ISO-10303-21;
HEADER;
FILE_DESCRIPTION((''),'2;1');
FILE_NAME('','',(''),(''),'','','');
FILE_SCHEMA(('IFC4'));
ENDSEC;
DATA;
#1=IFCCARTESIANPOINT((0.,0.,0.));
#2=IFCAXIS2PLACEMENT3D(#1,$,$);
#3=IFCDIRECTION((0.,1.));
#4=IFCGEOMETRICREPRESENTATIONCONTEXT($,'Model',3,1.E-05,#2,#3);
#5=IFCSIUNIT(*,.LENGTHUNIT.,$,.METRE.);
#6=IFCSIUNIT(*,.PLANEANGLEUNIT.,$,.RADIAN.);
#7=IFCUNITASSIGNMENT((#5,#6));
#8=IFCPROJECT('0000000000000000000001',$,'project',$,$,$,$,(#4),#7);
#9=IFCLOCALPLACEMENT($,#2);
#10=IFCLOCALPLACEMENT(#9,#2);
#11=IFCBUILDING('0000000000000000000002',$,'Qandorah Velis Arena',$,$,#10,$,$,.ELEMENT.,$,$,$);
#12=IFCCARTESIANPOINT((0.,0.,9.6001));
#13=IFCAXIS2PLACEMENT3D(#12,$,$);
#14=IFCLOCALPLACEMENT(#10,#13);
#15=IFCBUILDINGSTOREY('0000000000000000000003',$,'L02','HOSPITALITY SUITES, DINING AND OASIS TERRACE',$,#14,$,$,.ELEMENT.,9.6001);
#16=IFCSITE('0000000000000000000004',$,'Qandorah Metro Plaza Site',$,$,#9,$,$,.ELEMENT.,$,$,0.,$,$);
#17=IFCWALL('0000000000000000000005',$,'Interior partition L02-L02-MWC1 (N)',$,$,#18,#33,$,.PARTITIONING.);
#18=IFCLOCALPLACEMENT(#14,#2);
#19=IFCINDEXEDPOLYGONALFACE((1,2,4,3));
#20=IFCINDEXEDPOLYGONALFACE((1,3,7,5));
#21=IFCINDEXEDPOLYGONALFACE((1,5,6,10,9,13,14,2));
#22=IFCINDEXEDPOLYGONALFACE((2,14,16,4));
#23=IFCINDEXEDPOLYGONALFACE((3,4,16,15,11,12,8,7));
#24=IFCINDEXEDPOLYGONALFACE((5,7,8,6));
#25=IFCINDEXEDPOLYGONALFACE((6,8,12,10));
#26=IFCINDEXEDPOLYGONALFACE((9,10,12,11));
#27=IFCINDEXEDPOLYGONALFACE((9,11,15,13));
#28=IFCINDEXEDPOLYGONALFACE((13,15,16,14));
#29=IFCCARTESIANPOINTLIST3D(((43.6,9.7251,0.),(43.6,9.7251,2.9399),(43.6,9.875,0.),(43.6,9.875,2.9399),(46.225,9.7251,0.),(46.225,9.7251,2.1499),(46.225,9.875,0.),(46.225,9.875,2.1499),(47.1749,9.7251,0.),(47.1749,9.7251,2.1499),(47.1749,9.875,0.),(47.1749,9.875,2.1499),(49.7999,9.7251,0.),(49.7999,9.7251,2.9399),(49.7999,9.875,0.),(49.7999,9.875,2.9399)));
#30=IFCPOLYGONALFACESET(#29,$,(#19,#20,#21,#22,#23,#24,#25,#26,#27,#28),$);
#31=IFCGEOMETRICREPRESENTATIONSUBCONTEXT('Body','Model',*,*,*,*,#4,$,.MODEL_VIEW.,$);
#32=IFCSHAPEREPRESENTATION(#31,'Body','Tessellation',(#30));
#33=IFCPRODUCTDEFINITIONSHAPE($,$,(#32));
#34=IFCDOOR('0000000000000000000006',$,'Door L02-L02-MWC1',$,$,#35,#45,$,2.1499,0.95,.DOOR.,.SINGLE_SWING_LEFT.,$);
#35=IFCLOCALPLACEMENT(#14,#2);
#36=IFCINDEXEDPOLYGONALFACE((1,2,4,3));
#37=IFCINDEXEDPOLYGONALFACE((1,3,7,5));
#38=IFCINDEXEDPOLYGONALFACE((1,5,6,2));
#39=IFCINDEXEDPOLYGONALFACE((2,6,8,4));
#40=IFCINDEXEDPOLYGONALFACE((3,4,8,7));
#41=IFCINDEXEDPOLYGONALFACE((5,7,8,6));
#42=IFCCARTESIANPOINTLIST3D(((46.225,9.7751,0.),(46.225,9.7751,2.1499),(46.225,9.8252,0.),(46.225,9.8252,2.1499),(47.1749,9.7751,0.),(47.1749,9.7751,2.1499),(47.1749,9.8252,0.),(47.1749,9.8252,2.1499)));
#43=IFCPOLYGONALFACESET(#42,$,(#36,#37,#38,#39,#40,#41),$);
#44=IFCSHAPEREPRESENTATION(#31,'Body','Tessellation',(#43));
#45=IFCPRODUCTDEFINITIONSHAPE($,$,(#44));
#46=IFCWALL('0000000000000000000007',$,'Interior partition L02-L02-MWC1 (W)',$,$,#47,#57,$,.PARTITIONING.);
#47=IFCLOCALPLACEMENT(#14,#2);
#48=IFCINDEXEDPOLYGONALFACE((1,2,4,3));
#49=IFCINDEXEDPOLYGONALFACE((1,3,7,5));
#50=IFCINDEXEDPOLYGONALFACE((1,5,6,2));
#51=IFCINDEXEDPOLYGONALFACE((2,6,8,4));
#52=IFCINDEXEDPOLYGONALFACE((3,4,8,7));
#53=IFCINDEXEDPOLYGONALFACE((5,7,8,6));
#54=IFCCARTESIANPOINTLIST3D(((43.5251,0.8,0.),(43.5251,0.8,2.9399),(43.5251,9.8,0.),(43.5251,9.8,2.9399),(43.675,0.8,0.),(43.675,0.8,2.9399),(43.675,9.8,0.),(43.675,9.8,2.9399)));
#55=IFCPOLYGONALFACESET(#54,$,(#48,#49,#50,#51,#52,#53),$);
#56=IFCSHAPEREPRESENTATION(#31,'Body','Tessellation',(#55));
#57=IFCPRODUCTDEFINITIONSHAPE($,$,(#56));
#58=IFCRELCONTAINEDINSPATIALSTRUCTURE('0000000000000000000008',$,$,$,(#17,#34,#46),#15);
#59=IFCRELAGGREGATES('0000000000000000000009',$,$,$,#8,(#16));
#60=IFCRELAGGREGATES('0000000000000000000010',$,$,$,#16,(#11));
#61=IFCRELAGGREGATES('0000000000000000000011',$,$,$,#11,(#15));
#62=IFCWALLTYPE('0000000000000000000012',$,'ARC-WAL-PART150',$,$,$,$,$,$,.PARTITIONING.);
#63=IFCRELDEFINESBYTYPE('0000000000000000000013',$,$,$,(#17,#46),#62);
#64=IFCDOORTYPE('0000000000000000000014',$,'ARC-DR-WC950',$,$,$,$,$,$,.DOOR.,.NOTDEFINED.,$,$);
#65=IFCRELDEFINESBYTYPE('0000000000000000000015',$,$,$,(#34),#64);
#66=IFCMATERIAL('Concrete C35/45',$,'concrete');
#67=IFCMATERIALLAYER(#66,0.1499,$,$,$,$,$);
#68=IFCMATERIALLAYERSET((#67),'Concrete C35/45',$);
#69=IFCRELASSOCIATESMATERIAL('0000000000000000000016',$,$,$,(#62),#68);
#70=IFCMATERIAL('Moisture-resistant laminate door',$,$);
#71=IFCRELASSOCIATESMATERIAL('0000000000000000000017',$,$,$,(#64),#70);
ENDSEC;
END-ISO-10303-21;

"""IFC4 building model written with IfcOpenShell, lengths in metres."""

from ifc_helpers import new_model, si_unit, direction, frame, frame_2d, origin, place, context, subcontext, project, spatial, rectangle, extrude, material, layer, layer_set, type_object, element, fill, save


model = new_model("IFC4")

# Units and contexts
model_context = context("Model", 3, precision=1e-05, world=origin(), true_north=direction((0.0, 1.0)))
body_context = subcontext(model_context, "Body", "Model", "MODEL_VIEW")
ifc_project = project(units=[si_unit("LENGTHUNIT", "METRE"), si_unit("PLANEANGLEUNIT", "RADIAN")], contexts=[model_context])

# Site, building, storey
site_placement = place(None, origin())
site = spatial("IfcSite", under=ifc_project, at=site_placement, Name="Qandorah Metro Plaza Site", CompositionType="ELEMENT", RefElevation=0.0)
building_placement = place(site_placement, origin())
building = spatial("IfcBuilding", under=site, at=building_placement, Name="Qandorah Velis Arena", CompositionType="ELEMENT")
storey_placement = place(building_placement, frame((0.0, 0.0, 9.6001)))
storey = spatial("IfcBuildingStorey", under=building, at=storey_placement, Name="L02", Description="HOSPITALITY SUITES, DINING AND OASIS TERRACE", CompositionType="ELEMENT", Elevation=9.6001)

# Shared definitions
ifc_material_1 = material(Name="Concrete C35/45", Category="concrete")
ifc_layer_1 = layer(ifc_material_1, 0.1499)
ifc_layer_set_1 = layer_set([ifc_layer_1], Name="Concrete C35/45")
wall_type = type_object("IfcWallType", Name="ARC-WAL-PART150", PredefinedType="PARTITIONING", material=ifc_layer_set_1)

# Wall, opening, door
wall_1_placement = place(storey_placement, frame((49.8, 9.8, 0.0), z_axis=(0.0, 0.0, 1.0), x_axis=(-1.0, 0.0, 0.0)))
wall_1 = element("IfcWall", 1, at=wall_1_placement, inside=storey, type_object=wall_type, Name="Interior partition L02-L02-MWC1 (N)", PredefinedType="PARTITIONING", context=body_context, shape_type="SweptSolid", body=[
    extrude(rectangle(XDim=6.2, YDim=0.1499, at=frame_2d((3.1001, 0.0))), origin(), (0.0, 0.0, 1.0), 2.9399),
])
opening_placement = place(wall_1_placement, frame((2.625, 0.0, 0.0)))
opening = element("IfcOpeningElement", 2, at=opening_placement, cuts=wall_1, PredefinedType="OPENING", context=body_context, shape_type="SweptSolid", body=[
    extrude(rectangle(XDim=0.95, YDim=2.1499, at=frame_2d((0.4751, 1.075))), frame((0.0, 0.085, 0.0), z_axis=(0.0, -1.0, 0.0), x_axis=(1.0, 0.0, 0.0)), (0.0, 0.0, 1.0), 0.1699),
])
ifc_material_2 = material(Name="Moisture-resistant laminate door")
door_type = type_object("IfcDoorType", Name="ARC-DR-WC950", OperationType="NOTDEFINED", PredefinedType="DOOR", material=ifc_material_2)
door_placement = place(opening_placement, origin())
door = element("IfcDoor", 3, at=door_placement, inside=storey, type_object=door_type, Name="Door L02-L02-MWC1", OperationType="SINGLE_SWING_LEFT", OverallHeight=2.1499, OverallWidth=0.95, PredefinedType="DOOR", context=body_context, shape_type="SweptSolid", body=[
    extrude(rectangle(XDim=0.95, YDim=2.1499, at=frame_2d((0.4751, 1.075))), frame((0.0, 0.0249, 0.0), z_axis=(0.0, -1.0, 0.0), x_axis=(1.0, 0.0, 0.0)), (0.0, 0.0, 1.0), 0.05),
])
fill(opening, door)

# Wall
wall_2_placement = place(storey_placement, frame((43.6001, 9.8, 0.0), z_axis=(0.0, 0.0, 1.0), x_axis=(0.0, -1.0, 0.0)))
element("IfcWall", 4, at=wall_2_placement, inside=storey, type_object=wall_type, Name="Interior partition L02-L02-MWC1 (W)", PredefinedType="PARTITIONING", context=body_context, shape_type="SweptSolid", body=[
    extrude(rectangle(XDim=9.0, YDim=0.1499, at=frame_2d((4.5, 0.0))), origin(), (0.0, 0.0, 1.0), 2.9399),
])

save(model, "model.ifc")
